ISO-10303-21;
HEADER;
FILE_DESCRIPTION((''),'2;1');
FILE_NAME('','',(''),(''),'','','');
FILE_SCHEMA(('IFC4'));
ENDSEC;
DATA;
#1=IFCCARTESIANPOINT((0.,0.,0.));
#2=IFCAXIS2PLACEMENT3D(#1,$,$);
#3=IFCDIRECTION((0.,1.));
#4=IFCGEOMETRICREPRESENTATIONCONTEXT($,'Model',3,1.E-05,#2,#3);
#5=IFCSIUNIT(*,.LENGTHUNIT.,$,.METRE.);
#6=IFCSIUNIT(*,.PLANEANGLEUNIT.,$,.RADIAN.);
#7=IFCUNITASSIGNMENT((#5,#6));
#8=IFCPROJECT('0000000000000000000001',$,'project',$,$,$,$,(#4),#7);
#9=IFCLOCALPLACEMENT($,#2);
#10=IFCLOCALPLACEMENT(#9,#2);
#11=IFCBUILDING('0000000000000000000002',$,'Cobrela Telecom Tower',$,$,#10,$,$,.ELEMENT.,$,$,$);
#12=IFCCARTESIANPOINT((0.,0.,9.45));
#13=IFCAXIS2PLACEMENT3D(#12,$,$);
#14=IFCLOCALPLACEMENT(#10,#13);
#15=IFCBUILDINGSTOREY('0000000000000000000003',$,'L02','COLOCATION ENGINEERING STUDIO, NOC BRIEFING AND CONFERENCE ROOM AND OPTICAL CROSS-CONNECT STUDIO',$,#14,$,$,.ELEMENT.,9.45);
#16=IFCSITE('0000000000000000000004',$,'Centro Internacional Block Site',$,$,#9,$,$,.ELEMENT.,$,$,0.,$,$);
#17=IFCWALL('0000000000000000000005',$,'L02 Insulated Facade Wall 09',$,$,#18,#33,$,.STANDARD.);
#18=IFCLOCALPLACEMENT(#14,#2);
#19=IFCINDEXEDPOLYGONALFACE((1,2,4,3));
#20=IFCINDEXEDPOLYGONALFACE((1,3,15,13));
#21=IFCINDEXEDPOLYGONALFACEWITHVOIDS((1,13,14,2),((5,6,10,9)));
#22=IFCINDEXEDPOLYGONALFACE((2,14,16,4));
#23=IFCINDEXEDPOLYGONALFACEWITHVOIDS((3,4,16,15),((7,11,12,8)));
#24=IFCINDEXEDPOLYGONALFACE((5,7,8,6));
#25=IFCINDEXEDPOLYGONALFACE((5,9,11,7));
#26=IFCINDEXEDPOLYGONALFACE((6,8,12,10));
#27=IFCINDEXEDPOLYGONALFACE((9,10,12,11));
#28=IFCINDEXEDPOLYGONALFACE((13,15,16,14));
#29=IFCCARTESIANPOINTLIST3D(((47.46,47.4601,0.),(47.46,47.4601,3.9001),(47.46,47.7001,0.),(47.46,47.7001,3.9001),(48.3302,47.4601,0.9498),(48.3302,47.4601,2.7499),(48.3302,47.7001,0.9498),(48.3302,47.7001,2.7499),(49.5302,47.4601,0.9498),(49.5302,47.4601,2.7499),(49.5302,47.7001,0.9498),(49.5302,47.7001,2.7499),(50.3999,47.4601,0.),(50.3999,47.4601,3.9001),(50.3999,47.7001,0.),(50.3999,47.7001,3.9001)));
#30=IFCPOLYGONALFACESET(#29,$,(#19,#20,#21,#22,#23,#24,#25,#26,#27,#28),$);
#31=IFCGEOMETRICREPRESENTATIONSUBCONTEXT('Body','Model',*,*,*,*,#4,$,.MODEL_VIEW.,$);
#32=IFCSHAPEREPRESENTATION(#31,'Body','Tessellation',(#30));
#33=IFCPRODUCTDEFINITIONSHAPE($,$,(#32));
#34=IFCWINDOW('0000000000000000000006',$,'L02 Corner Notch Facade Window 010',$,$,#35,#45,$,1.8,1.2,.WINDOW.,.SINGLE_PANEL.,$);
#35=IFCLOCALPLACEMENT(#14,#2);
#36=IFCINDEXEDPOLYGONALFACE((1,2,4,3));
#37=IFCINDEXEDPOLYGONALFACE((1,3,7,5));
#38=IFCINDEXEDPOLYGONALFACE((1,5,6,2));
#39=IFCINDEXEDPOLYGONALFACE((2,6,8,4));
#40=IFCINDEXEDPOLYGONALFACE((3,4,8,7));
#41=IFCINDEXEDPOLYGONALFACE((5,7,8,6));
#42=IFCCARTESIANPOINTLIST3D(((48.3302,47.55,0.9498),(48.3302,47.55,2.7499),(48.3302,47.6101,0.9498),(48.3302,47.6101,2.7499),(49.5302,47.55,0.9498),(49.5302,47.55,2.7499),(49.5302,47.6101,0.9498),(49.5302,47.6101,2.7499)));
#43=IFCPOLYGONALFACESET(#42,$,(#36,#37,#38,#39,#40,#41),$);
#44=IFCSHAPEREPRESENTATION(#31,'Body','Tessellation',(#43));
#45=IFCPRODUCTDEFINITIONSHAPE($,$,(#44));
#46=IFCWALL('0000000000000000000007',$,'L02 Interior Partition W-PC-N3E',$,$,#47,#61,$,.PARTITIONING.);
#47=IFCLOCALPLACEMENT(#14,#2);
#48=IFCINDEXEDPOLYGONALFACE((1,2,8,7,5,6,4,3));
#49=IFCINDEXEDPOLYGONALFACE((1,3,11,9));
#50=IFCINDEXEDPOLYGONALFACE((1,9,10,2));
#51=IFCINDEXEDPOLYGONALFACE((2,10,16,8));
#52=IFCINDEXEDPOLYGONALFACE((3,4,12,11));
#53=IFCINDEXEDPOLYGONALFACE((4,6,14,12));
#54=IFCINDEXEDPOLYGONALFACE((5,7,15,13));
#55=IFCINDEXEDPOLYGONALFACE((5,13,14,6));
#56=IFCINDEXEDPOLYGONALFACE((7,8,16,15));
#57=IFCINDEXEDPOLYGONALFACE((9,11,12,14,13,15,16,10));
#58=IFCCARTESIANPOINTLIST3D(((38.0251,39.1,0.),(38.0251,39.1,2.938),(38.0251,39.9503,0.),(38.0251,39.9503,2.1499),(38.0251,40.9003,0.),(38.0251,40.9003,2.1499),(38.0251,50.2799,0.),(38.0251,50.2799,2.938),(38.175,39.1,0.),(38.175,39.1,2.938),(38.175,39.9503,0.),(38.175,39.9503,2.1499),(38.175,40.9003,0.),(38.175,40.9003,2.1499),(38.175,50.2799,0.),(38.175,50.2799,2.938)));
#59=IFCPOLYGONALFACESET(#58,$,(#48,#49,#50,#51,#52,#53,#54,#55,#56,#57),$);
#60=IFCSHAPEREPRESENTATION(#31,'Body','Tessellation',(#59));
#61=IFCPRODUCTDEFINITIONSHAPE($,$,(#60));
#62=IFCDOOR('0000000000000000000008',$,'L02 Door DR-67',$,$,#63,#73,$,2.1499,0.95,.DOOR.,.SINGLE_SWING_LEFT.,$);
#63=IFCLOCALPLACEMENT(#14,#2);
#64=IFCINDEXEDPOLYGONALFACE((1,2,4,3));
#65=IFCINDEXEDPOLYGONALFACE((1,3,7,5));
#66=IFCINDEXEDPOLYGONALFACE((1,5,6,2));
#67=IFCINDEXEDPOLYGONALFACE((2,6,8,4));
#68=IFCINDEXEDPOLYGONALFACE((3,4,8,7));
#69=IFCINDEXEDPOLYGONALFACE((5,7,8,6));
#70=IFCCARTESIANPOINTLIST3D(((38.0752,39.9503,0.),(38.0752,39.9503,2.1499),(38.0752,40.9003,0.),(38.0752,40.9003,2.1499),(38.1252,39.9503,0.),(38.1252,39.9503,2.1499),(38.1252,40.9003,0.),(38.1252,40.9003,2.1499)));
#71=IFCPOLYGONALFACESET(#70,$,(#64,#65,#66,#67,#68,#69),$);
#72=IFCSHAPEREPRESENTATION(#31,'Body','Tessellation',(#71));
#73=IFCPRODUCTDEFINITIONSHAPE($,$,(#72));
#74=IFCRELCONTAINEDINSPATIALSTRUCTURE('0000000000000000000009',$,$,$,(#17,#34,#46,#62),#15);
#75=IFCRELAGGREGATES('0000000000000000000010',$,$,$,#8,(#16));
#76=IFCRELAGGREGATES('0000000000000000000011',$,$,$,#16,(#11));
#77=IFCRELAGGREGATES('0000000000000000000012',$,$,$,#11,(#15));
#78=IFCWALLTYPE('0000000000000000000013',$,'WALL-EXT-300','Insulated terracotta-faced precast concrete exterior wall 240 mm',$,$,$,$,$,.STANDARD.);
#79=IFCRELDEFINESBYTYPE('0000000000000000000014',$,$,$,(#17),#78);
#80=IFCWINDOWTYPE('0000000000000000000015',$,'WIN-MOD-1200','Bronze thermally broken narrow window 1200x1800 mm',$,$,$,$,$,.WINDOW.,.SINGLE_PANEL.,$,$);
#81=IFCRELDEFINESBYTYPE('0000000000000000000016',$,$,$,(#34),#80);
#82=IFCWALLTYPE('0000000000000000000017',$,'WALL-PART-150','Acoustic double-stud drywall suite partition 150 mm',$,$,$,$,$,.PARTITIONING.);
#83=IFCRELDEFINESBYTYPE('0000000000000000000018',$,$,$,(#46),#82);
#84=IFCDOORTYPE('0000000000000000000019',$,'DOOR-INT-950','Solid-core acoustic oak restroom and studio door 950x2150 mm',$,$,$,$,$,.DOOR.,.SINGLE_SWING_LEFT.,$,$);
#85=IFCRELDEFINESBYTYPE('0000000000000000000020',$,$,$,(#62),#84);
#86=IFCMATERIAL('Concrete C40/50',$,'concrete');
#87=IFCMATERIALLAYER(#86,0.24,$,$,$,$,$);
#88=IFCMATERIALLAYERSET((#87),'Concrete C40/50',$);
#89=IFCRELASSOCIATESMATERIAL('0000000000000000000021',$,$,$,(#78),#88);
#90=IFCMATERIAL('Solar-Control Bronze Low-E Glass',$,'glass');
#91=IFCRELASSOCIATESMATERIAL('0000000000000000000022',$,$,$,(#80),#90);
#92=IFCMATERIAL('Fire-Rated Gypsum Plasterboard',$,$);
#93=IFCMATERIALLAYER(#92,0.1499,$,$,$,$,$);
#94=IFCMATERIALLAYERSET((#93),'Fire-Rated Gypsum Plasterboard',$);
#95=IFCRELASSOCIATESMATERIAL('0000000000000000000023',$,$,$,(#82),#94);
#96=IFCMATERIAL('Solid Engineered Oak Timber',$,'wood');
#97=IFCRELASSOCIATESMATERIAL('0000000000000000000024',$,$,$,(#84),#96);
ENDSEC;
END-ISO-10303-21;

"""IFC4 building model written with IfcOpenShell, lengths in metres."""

from ifc_helpers import new_model, si_unit, direction, frame, frame_2d, origin, place, context, subcontext, project, spatial, rectangle, extrude, material, layer, layer_set, type_object, element, fill, save


model = new_model("IFC4")

# Units and contexts
model_context = context("Model", 3, precision=1e-05, world=origin(), true_north=direction((0.0, 1.0)))
body_context = subcontext(model_context, "Body", "Model", "MODEL_VIEW")
ifc_project = project(units=[si_unit("LENGTHUNIT", "METRE"), si_unit("PLANEANGLEUNIT", "RADIAN")], contexts=[model_context])

# Site, building, storey
site_placement = place(None, origin())
site = spatial("IfcSite", under=ifc_project, at=site_placement, Name="Centro Internacional Block Site", CompositionType="ELEMENT", RefElevation=0.0)
building_placement = place(site_placement, origin())
building = spatial("IfcBuilding", under=site, at=building_placement, Name="Cobrela Telecom Tower", CompositionType="ELEMENT")
storey_placement = place(building_placement, frame((0.0, 0.0, 9.45)))
storey = spatial("IfcBuildingStorey", under=building, at=storey_placement, Name="L02", Description="COLOCATION ENGINEERING STUDIO, NOC BRIEFING AND CONFERENCE ROOM AND OPTICAL CROSS-CONNECT STUDIO", CompositionType="ELEMENT", Elevation=9.45)

# Shared definitions
ifc_material_1 = material(Name="Concrete C40/50", Category="concrete")

# Shared definitions
ifc_material_2 = material(Name="Solar-Control Bronze Low-E Glass", Category="glass")

# Wall, opening, window
ifc_layer_1 = layer(ifc_material_1, 0.24)
ifc_layer_set_1 = layer_set([ifc_layer_1], Name="Concrete C40/50")
wall_type_1 = type_object("IfcWallType", Name="WALL-EXT-300", Description="Insulated terracotta-faced precast concrete exterior wall 240 mm", PredefinedType="STANDARD", material=ifc_layer_set_1)
wall_1_placement = place(storey_placement, frame((47.46, 47.5801, 0.0), z_axis=(0.0, 0.0, 1.0), x_axis=(1.0, 0.0, 0.0)))
wall_1 = element("IfcWall", 1, at=wall_1_placement, inside=storey, type_object=wall_type_1, Name="L02 Insulated Facade Wall 09", PredefinedType="STANDARD", context=body_context, shape_type="SweptSolid", body=[
    extrude(rectangle(XDim=2.9399, YDim=0.24, at=frame_2d((1.47, 0.0))), origin(), (0.0, 0.0, 1.0), 3.9001),
])
opening_1_placement = place(wall_1_placement, frame((0.8701, 0.0, 0.95)))
opening_1 = element("IfcOpeningElement", 2, at=opening_1_placement, cuts=wall_1, PredefinedType="OPENING", context=body_context, shape_type="SweptSolid", body=[
    extrude(rectangle(XDim=1.2, YDim=1.8, at=frame_2d((0.6001, 0.8999))), frame((0.0, 0.1318, 0.0), z_axis=(0.0, -1.0, 0.0), x_axis=(1.0, 0.0, 0.0)), (0.0, 0.0, 1.0), 0.2639),
])
window_type_1 = type_object("IfcWindowType", Name="WIN-MOD-1200", Description="Bronze thermally broken narrow window 1200x1800 mm", PartitioningType="SINGLE_PANEL", PredefinedType="WINDOW", material=ifc_material_2)
window_1_placement = place(opening_1_placement, origin())
window_1 = element("IfcWindow", 3, at=window_1_placement, inside=storey, type_object=window_type_1, Name="L02 Corner Notch Facade Window 010", OverallHeight=1.8, OverallWidth=1.2, PartitioningType="SINGLE_PANEL", PredefinedType="WINDOW", context=body_context, shape_type="SweptSolid", body=[
    extrude(rectangle(XDim=1.2, YDim=1.8, at=frame_2d((0.6001, 0.8999))), frame((0.0, 0.03, 0.0), z_axis=(0.0, -1.0, 0.0), x_axis=(1.0, 0.0, 0.0)), (0.0, 0.0, 1.0), 0.0601),
])
fill(opening_1, window_1)

# Wall, opening, door
ifc_material_3 = material(Name="Fire-Rated Gypsum Plasterboard")
ifc_layer_2 = layer(ifc_material_3, 0.1499)
ifc_layer_set_2 = layer_set([ifc_layer_2], Name="Fire-Rated Gypsum Plasterboard")
wall_type_2 = type_object("IfcWallType", Name="WALL-PART-150", Description="Acoustic double-stud drywall suite partition 150 mm", PredefinedType="PARTITIONING", material=ifc_layer_set_2)
wall_2_placement = place(storey_placement, frame((38.1001, 39.1001, 0.0), z_axis=(0.0, 0.0, 1.0), x_axis=(0.0, 1.0, 0.0)))
wall_2 = element("IfcWall", 4, at=wall_2_placement, inside=storey, type_object=wall_type_2, Name="L02 Interior Partition W-PC-N3E", PredefinedType="PARTITIONING", context=body_context, shape_type="SweptSolid", body=[
    extrude(rectangle(XDim=11.1799, YDim=0.1499, at=frame_2d((5.5898, 0.0))), origin(), (0.0, 0.0, 1.0), 2.938),
])
opening_2_placement = place(wall_2_placement, frame((0.8501, 0.0, 0.0)))
opening_2 = element("IfcOpeningElement", 5, at=opening_2_placement, cuts=wall_2, PredefinedType="OPENING", context=body_context, shape_type="SweptSolid", body=[
    extrude(rectangle(XDim=0.95, YDim=2.1499, at=frame_2d((0.4751, 1.075))), frame((0.0, 0.0869, 0.0), z_axis=(0.0, -1.0, 0.0), x_axis=(1.0, 0.0, 0.0)), (0.0, 0.0, 1.0), 0.1738),
])
ifc_material_4 = material(Name="Solid Engineered Oak Timber", Category="wood")
door_type = type_object("IfcDoorType", Name="DOOR-INT-950", Description="Solid-core acoustic oak restroom and studio door 950x2150 mm", OperationType="SINGLE_SWING_LEFT", PredefinedType="DOOR", material=ifc_material_4)
door_placement = place(opening_2_placement, origin())
door = element("IfcDoor", 6, at=door_placement, inside=storey, type_object=door_type, Name="L02 Door DR-67", OperationType="SINGLE_SWING_LEFT", OverallHeight=2.1499, OverallWidth=0.95, PredefinedType="DOOR", context=body_context, shape_type="SweptSolid", body=[
    extrude(rectangle(XDim=0.95, YDim=2.1499, at=frame_2d((0.4751, 1.075))), frame((0.0, 0.0249, 0.0), z_axis=(0.0, -1.0, 0.0), x_axis=(1.0, 0.0, 0.0)), (0.0, 0.0, 1.0), 0.05),
])
fill(opening_2, door)

save(model, "model.ifc")
